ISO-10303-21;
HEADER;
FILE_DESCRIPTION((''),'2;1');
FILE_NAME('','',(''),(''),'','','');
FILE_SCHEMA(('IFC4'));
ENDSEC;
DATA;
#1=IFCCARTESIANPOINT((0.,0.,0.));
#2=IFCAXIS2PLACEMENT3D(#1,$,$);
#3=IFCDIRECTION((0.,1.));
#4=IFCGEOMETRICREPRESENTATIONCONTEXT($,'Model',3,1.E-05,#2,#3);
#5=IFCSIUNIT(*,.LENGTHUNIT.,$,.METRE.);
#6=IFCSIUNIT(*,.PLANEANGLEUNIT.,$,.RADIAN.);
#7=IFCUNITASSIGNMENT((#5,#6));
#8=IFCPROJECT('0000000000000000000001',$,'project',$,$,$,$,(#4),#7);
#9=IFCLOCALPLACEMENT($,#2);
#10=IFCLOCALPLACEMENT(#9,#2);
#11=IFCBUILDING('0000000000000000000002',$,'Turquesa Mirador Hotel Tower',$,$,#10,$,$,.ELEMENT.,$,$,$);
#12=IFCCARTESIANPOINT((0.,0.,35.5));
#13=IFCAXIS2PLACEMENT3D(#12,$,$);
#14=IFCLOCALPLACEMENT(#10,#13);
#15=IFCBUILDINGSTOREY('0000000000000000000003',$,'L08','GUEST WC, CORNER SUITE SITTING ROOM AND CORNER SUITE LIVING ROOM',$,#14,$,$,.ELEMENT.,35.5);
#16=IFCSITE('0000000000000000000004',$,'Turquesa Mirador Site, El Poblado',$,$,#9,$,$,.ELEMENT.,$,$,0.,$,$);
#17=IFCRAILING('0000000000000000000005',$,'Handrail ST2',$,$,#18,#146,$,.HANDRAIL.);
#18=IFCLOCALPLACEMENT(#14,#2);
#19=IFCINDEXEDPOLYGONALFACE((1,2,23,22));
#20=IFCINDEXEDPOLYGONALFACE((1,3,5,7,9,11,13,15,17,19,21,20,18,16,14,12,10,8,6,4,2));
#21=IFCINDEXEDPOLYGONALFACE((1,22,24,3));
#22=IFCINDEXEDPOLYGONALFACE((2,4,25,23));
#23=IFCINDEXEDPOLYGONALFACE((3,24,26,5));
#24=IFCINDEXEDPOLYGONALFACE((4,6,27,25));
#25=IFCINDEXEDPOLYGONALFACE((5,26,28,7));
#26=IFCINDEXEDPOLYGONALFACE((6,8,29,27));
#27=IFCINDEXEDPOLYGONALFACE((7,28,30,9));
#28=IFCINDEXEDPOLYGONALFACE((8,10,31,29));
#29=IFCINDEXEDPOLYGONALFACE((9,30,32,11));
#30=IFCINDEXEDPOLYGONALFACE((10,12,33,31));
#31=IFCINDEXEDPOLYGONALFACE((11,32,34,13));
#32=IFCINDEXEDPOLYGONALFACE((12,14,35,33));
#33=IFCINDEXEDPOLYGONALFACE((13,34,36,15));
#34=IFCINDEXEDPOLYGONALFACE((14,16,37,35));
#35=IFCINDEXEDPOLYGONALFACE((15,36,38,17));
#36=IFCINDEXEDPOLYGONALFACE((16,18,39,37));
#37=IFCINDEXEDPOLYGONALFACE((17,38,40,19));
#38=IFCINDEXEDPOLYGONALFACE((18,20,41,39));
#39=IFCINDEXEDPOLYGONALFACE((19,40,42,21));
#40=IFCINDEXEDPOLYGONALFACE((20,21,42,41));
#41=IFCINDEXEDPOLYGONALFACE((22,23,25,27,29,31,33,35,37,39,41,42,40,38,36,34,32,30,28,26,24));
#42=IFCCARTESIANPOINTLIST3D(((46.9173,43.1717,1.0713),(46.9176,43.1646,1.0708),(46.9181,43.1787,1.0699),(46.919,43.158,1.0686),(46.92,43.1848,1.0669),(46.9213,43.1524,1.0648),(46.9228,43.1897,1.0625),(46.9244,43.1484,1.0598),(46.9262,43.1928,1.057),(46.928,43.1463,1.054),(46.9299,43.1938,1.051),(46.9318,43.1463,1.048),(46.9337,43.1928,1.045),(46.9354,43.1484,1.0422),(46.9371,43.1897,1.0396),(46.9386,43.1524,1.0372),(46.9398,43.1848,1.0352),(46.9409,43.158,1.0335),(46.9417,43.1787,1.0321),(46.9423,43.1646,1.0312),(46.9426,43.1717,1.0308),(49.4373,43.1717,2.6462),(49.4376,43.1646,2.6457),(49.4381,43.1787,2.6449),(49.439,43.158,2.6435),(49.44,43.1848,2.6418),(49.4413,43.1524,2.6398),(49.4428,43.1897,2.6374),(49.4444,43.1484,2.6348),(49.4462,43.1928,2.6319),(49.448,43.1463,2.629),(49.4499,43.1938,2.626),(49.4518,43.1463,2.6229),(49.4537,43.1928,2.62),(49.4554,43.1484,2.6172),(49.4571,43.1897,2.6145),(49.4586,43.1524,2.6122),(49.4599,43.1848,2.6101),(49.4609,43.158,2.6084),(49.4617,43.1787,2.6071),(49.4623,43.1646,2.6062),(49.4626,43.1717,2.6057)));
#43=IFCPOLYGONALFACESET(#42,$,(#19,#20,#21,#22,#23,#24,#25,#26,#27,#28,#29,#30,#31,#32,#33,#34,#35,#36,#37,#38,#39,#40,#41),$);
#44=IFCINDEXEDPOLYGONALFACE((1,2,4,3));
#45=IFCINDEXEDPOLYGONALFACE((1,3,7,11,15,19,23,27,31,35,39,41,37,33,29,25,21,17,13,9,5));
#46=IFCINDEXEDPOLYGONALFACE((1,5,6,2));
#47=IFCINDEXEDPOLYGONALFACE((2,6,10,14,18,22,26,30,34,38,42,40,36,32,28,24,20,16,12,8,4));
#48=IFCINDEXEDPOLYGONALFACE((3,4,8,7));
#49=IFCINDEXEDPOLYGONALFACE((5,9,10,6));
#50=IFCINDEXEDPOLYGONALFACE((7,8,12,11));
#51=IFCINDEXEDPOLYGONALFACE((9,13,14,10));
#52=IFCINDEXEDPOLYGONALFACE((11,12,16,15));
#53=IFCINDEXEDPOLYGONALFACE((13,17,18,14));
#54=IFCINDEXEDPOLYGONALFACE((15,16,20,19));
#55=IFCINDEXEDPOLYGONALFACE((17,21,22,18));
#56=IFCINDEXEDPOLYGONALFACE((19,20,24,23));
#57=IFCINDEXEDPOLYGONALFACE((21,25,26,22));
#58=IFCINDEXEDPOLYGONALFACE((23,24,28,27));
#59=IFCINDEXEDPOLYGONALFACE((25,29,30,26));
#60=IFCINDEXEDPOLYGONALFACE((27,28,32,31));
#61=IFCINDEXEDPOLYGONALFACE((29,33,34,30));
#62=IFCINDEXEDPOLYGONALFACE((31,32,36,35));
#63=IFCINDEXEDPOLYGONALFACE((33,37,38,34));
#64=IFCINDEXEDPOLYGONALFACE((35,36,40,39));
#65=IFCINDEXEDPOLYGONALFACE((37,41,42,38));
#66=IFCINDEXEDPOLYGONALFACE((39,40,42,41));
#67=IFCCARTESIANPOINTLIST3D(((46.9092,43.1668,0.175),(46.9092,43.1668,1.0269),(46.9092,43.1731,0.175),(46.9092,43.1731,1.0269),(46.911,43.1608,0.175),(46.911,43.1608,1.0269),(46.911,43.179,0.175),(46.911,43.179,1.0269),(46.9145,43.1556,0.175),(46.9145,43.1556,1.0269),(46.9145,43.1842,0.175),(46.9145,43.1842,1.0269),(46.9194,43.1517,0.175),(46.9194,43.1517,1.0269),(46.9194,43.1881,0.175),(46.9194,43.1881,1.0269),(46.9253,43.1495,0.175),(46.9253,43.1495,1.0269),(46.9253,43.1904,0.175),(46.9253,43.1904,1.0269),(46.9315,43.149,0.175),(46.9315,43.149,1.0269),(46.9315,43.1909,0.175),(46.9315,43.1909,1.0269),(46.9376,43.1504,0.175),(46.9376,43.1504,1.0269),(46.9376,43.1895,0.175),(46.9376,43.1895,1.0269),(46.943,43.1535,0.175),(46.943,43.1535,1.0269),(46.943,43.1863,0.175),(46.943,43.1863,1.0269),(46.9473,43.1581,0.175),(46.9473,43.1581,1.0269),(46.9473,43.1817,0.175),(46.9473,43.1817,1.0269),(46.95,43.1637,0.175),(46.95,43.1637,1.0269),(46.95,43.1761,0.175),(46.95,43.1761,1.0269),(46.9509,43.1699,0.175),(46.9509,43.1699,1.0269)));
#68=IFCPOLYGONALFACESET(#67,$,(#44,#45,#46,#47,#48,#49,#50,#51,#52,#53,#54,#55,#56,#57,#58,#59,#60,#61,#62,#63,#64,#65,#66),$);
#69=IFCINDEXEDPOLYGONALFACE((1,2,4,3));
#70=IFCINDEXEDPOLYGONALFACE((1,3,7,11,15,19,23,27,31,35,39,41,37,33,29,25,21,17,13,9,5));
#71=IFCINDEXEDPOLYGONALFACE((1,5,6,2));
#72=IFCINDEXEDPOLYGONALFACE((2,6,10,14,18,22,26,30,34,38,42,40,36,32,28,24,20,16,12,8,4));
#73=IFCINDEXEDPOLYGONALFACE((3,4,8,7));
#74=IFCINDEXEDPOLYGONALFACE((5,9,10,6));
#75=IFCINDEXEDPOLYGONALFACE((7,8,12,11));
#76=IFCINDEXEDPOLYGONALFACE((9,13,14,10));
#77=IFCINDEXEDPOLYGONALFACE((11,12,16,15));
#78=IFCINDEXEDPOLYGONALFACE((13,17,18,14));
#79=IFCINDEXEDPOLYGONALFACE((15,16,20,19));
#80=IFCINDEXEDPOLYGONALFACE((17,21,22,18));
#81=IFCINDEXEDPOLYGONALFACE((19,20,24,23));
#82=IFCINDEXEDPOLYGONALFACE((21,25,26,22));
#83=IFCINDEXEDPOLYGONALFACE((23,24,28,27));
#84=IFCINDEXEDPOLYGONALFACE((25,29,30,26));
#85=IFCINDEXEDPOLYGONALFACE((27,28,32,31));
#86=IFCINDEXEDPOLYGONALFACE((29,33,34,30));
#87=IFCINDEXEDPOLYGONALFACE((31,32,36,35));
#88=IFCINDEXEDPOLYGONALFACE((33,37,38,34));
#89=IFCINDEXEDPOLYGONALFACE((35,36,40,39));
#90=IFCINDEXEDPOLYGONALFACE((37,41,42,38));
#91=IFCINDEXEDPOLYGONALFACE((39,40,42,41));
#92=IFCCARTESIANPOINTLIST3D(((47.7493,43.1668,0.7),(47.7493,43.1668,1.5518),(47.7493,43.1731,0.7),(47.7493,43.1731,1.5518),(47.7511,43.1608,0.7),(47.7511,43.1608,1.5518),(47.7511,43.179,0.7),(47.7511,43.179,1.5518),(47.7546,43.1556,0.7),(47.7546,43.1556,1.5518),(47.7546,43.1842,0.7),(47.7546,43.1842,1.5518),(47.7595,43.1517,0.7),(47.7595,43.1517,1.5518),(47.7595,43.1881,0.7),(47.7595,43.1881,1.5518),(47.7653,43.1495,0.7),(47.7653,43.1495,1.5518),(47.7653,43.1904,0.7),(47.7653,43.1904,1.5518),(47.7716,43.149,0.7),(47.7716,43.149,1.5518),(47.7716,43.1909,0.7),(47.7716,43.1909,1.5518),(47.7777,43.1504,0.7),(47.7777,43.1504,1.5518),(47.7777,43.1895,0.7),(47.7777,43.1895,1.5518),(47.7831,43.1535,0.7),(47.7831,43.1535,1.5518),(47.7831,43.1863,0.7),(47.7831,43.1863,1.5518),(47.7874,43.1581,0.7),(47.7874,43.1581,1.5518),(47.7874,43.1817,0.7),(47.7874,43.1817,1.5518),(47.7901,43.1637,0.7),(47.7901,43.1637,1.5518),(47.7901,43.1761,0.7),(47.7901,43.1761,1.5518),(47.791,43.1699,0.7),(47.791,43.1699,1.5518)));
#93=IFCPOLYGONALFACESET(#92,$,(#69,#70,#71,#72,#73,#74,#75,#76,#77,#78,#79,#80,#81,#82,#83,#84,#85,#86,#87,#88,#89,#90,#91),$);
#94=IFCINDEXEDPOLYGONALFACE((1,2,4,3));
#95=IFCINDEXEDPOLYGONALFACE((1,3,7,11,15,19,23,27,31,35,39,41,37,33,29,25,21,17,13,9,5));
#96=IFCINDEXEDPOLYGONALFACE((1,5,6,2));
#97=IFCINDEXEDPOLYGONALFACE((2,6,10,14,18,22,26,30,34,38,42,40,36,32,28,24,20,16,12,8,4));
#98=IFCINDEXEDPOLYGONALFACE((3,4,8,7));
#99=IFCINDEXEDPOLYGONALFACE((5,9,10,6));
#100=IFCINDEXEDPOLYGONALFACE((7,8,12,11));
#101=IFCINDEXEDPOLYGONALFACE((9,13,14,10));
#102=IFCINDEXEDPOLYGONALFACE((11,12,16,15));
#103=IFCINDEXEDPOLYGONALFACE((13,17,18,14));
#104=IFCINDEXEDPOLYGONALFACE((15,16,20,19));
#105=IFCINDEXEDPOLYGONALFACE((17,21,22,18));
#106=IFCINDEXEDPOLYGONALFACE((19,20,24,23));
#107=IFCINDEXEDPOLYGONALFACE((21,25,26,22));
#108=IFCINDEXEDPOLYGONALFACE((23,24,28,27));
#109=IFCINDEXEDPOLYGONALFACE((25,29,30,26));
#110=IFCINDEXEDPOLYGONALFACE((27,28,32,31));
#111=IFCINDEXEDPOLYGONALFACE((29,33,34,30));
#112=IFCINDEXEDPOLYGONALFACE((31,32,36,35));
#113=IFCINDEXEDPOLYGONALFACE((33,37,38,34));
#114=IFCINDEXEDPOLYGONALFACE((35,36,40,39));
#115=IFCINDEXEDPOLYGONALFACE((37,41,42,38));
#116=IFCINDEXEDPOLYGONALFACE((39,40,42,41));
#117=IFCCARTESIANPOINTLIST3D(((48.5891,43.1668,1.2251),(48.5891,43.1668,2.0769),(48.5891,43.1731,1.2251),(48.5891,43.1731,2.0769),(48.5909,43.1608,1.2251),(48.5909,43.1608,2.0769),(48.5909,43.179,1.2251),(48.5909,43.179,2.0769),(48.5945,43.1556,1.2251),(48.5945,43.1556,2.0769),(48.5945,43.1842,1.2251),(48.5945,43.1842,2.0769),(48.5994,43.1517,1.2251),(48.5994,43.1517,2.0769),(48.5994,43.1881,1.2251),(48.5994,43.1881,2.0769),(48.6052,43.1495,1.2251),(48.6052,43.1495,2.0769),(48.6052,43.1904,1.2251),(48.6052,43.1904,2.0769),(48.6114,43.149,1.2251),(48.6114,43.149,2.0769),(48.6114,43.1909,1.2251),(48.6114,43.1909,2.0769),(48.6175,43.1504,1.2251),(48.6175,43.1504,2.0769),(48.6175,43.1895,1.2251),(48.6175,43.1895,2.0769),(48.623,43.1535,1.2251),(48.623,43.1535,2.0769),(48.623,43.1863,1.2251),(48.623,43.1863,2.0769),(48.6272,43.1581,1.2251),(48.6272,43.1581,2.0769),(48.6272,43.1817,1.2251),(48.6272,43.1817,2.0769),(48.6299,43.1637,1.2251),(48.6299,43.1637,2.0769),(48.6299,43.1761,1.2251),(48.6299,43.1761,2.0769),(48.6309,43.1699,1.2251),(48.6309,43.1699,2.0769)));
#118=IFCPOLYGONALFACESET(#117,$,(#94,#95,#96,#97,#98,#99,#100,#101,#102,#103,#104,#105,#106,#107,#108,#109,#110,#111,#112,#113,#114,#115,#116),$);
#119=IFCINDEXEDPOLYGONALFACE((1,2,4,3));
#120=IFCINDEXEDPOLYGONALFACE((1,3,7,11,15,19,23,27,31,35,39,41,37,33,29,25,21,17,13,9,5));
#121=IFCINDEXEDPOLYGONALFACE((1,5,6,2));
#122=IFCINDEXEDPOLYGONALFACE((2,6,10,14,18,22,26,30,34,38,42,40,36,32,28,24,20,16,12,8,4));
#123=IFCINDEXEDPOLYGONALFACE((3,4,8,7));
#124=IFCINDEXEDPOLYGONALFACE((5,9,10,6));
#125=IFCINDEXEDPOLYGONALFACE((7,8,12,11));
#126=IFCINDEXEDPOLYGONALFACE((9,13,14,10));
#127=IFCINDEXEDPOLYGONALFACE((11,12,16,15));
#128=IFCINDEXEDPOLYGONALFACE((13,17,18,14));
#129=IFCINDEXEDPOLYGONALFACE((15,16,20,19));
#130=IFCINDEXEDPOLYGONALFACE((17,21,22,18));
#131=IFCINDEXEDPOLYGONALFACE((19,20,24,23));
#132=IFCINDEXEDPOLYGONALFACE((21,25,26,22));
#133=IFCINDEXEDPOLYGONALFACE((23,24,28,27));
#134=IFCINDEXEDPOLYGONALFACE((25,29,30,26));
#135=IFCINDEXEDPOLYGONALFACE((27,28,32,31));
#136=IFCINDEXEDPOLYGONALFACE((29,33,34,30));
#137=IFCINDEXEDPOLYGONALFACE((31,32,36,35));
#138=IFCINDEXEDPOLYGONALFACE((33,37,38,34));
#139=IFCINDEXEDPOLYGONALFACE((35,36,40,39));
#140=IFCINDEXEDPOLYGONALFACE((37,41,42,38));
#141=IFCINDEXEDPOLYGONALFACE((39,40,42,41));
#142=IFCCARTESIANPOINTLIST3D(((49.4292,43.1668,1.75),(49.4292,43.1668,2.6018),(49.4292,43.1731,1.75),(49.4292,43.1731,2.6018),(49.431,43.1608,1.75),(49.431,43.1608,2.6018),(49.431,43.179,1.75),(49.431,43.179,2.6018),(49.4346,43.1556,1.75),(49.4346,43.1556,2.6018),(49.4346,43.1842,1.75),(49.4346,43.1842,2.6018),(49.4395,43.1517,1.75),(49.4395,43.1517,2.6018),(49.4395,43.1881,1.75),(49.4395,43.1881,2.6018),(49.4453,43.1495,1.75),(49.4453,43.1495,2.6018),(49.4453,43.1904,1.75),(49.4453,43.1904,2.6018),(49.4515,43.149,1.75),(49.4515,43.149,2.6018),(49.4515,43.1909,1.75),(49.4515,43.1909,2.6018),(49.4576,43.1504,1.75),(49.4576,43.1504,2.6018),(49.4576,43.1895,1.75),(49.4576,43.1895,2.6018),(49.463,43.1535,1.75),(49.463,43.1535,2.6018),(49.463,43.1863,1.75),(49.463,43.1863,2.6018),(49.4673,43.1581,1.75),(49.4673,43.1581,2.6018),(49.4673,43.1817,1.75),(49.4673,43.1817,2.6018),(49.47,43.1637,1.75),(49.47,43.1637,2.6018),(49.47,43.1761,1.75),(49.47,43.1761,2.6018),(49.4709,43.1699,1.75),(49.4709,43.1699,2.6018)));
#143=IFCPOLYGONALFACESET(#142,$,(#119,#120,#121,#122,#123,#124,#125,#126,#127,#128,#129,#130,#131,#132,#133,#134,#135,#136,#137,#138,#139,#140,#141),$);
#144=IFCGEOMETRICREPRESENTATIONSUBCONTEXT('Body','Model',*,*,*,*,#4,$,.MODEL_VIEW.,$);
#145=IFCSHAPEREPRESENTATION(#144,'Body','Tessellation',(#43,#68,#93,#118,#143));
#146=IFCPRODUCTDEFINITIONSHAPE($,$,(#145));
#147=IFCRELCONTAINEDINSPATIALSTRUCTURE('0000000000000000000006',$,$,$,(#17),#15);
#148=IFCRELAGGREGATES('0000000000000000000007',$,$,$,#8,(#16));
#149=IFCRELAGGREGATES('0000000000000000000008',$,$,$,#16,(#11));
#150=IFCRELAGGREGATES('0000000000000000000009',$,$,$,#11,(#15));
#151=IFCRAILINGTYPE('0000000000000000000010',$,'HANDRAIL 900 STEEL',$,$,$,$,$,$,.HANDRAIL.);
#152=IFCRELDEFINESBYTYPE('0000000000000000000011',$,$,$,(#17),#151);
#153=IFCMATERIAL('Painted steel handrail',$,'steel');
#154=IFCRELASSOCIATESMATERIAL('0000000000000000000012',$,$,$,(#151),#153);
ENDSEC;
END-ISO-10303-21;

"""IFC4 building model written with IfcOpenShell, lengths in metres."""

from ifc_helpers import new_model, si_unit, direction, frame, origin, origin_2d, place, context, subcontext, project, spatial, circle, extrude, material, type_object, element, save


model = new_model("IFC4")

# Units and contexts
model_context = context("Model", 3, precision=1e-05, world=origin(), true_north=direction((0.0, 1.0)))
body_context = subcontext(model_context, "Body", "Model", "MODEL_VIEW")
ifc_project = project(units=[si_unit("LENGTHUNIT", "METRE"), si_unit("PLANEANGLEUNIT", "RADIAN")], contexts=[model_context])

# Site, building, storey
site_placement = place(None, origin())
site = spatial("IfcSite", under=ifc_project, at=site_placement, Name="Turquesa Mirador Site, El Poblado", CompositionType="ELEMENT", RefElevation=0.0)
building_placement = place(site_placement, origin())
building = spatial("IfcBuilding", under=site, at=building_placement, Name="Turquesa Mirador Hotel Tower", CompositionType="ELEMENT")
storey_placement = place(building_placement, frame((0.0, 0.0, 35.5)))
storey = spatial("IfcBuildingStorey", under=building, at=storey_placement, Name="L08", Description="GUEST WC, CORNER SUITE SITTING ROOM AND CORNER SUITE LIVING ROOM", CompositionType="ELEMENT", Elevation=35.5)

# Railing
ifc_material_1 = material(Name="Painted steel handrail", Category="steel")
railing_type = type_object("IfcRailingType", Name="HANDRAIL 900 STEEL", PredefinedType="HANDRAIL", material=ifc_material_1)
for number, where, name in (
    (1, (46.9299, 43.1699, 0.175), "Handrail ST2"),
):
    element("IfcRailing", number, at=place(storey_placement, frame(where)), inside=storey, type_object=railing_type, Name=name, PredefinedType="HANDRAIL", context=body_context, shape_type="SweptSolid", body=[
        extrude(circle(Radius=0.0239, at=origin_2d()), frame((0.0, 0.0, 0.876), z_axis=(0.848008, 0.0, 0.529984), x_axis=(0.0, 1.0, 0.0)), (0.0, 0.0, 1.0), 2.9717),
        extrude(circle(Radius=0.021, at=origin_2d()), origin(), (0.0, 0.0, 1.0), 0.8518),
        extrude(circle(Radius=0.021, at=origin_2d()), frame((0.8401, 0.0, 0.5249)), (0.0, 0.0, 1.0), 0.8518),
        extrude(circle(Radius=0.021, at=origin_2d()), frame((1.6799, 0.0, 1.05)), (0.0, 0.0, 1.0), 0.8518),
        extrude(circle(Radius=0.021, at=origin_2d()), frame((2.52, 0.0, 1.575)), (0.0, 0.0, 1.0), 0.8518),
    ])

save(model, "model.ifc")
